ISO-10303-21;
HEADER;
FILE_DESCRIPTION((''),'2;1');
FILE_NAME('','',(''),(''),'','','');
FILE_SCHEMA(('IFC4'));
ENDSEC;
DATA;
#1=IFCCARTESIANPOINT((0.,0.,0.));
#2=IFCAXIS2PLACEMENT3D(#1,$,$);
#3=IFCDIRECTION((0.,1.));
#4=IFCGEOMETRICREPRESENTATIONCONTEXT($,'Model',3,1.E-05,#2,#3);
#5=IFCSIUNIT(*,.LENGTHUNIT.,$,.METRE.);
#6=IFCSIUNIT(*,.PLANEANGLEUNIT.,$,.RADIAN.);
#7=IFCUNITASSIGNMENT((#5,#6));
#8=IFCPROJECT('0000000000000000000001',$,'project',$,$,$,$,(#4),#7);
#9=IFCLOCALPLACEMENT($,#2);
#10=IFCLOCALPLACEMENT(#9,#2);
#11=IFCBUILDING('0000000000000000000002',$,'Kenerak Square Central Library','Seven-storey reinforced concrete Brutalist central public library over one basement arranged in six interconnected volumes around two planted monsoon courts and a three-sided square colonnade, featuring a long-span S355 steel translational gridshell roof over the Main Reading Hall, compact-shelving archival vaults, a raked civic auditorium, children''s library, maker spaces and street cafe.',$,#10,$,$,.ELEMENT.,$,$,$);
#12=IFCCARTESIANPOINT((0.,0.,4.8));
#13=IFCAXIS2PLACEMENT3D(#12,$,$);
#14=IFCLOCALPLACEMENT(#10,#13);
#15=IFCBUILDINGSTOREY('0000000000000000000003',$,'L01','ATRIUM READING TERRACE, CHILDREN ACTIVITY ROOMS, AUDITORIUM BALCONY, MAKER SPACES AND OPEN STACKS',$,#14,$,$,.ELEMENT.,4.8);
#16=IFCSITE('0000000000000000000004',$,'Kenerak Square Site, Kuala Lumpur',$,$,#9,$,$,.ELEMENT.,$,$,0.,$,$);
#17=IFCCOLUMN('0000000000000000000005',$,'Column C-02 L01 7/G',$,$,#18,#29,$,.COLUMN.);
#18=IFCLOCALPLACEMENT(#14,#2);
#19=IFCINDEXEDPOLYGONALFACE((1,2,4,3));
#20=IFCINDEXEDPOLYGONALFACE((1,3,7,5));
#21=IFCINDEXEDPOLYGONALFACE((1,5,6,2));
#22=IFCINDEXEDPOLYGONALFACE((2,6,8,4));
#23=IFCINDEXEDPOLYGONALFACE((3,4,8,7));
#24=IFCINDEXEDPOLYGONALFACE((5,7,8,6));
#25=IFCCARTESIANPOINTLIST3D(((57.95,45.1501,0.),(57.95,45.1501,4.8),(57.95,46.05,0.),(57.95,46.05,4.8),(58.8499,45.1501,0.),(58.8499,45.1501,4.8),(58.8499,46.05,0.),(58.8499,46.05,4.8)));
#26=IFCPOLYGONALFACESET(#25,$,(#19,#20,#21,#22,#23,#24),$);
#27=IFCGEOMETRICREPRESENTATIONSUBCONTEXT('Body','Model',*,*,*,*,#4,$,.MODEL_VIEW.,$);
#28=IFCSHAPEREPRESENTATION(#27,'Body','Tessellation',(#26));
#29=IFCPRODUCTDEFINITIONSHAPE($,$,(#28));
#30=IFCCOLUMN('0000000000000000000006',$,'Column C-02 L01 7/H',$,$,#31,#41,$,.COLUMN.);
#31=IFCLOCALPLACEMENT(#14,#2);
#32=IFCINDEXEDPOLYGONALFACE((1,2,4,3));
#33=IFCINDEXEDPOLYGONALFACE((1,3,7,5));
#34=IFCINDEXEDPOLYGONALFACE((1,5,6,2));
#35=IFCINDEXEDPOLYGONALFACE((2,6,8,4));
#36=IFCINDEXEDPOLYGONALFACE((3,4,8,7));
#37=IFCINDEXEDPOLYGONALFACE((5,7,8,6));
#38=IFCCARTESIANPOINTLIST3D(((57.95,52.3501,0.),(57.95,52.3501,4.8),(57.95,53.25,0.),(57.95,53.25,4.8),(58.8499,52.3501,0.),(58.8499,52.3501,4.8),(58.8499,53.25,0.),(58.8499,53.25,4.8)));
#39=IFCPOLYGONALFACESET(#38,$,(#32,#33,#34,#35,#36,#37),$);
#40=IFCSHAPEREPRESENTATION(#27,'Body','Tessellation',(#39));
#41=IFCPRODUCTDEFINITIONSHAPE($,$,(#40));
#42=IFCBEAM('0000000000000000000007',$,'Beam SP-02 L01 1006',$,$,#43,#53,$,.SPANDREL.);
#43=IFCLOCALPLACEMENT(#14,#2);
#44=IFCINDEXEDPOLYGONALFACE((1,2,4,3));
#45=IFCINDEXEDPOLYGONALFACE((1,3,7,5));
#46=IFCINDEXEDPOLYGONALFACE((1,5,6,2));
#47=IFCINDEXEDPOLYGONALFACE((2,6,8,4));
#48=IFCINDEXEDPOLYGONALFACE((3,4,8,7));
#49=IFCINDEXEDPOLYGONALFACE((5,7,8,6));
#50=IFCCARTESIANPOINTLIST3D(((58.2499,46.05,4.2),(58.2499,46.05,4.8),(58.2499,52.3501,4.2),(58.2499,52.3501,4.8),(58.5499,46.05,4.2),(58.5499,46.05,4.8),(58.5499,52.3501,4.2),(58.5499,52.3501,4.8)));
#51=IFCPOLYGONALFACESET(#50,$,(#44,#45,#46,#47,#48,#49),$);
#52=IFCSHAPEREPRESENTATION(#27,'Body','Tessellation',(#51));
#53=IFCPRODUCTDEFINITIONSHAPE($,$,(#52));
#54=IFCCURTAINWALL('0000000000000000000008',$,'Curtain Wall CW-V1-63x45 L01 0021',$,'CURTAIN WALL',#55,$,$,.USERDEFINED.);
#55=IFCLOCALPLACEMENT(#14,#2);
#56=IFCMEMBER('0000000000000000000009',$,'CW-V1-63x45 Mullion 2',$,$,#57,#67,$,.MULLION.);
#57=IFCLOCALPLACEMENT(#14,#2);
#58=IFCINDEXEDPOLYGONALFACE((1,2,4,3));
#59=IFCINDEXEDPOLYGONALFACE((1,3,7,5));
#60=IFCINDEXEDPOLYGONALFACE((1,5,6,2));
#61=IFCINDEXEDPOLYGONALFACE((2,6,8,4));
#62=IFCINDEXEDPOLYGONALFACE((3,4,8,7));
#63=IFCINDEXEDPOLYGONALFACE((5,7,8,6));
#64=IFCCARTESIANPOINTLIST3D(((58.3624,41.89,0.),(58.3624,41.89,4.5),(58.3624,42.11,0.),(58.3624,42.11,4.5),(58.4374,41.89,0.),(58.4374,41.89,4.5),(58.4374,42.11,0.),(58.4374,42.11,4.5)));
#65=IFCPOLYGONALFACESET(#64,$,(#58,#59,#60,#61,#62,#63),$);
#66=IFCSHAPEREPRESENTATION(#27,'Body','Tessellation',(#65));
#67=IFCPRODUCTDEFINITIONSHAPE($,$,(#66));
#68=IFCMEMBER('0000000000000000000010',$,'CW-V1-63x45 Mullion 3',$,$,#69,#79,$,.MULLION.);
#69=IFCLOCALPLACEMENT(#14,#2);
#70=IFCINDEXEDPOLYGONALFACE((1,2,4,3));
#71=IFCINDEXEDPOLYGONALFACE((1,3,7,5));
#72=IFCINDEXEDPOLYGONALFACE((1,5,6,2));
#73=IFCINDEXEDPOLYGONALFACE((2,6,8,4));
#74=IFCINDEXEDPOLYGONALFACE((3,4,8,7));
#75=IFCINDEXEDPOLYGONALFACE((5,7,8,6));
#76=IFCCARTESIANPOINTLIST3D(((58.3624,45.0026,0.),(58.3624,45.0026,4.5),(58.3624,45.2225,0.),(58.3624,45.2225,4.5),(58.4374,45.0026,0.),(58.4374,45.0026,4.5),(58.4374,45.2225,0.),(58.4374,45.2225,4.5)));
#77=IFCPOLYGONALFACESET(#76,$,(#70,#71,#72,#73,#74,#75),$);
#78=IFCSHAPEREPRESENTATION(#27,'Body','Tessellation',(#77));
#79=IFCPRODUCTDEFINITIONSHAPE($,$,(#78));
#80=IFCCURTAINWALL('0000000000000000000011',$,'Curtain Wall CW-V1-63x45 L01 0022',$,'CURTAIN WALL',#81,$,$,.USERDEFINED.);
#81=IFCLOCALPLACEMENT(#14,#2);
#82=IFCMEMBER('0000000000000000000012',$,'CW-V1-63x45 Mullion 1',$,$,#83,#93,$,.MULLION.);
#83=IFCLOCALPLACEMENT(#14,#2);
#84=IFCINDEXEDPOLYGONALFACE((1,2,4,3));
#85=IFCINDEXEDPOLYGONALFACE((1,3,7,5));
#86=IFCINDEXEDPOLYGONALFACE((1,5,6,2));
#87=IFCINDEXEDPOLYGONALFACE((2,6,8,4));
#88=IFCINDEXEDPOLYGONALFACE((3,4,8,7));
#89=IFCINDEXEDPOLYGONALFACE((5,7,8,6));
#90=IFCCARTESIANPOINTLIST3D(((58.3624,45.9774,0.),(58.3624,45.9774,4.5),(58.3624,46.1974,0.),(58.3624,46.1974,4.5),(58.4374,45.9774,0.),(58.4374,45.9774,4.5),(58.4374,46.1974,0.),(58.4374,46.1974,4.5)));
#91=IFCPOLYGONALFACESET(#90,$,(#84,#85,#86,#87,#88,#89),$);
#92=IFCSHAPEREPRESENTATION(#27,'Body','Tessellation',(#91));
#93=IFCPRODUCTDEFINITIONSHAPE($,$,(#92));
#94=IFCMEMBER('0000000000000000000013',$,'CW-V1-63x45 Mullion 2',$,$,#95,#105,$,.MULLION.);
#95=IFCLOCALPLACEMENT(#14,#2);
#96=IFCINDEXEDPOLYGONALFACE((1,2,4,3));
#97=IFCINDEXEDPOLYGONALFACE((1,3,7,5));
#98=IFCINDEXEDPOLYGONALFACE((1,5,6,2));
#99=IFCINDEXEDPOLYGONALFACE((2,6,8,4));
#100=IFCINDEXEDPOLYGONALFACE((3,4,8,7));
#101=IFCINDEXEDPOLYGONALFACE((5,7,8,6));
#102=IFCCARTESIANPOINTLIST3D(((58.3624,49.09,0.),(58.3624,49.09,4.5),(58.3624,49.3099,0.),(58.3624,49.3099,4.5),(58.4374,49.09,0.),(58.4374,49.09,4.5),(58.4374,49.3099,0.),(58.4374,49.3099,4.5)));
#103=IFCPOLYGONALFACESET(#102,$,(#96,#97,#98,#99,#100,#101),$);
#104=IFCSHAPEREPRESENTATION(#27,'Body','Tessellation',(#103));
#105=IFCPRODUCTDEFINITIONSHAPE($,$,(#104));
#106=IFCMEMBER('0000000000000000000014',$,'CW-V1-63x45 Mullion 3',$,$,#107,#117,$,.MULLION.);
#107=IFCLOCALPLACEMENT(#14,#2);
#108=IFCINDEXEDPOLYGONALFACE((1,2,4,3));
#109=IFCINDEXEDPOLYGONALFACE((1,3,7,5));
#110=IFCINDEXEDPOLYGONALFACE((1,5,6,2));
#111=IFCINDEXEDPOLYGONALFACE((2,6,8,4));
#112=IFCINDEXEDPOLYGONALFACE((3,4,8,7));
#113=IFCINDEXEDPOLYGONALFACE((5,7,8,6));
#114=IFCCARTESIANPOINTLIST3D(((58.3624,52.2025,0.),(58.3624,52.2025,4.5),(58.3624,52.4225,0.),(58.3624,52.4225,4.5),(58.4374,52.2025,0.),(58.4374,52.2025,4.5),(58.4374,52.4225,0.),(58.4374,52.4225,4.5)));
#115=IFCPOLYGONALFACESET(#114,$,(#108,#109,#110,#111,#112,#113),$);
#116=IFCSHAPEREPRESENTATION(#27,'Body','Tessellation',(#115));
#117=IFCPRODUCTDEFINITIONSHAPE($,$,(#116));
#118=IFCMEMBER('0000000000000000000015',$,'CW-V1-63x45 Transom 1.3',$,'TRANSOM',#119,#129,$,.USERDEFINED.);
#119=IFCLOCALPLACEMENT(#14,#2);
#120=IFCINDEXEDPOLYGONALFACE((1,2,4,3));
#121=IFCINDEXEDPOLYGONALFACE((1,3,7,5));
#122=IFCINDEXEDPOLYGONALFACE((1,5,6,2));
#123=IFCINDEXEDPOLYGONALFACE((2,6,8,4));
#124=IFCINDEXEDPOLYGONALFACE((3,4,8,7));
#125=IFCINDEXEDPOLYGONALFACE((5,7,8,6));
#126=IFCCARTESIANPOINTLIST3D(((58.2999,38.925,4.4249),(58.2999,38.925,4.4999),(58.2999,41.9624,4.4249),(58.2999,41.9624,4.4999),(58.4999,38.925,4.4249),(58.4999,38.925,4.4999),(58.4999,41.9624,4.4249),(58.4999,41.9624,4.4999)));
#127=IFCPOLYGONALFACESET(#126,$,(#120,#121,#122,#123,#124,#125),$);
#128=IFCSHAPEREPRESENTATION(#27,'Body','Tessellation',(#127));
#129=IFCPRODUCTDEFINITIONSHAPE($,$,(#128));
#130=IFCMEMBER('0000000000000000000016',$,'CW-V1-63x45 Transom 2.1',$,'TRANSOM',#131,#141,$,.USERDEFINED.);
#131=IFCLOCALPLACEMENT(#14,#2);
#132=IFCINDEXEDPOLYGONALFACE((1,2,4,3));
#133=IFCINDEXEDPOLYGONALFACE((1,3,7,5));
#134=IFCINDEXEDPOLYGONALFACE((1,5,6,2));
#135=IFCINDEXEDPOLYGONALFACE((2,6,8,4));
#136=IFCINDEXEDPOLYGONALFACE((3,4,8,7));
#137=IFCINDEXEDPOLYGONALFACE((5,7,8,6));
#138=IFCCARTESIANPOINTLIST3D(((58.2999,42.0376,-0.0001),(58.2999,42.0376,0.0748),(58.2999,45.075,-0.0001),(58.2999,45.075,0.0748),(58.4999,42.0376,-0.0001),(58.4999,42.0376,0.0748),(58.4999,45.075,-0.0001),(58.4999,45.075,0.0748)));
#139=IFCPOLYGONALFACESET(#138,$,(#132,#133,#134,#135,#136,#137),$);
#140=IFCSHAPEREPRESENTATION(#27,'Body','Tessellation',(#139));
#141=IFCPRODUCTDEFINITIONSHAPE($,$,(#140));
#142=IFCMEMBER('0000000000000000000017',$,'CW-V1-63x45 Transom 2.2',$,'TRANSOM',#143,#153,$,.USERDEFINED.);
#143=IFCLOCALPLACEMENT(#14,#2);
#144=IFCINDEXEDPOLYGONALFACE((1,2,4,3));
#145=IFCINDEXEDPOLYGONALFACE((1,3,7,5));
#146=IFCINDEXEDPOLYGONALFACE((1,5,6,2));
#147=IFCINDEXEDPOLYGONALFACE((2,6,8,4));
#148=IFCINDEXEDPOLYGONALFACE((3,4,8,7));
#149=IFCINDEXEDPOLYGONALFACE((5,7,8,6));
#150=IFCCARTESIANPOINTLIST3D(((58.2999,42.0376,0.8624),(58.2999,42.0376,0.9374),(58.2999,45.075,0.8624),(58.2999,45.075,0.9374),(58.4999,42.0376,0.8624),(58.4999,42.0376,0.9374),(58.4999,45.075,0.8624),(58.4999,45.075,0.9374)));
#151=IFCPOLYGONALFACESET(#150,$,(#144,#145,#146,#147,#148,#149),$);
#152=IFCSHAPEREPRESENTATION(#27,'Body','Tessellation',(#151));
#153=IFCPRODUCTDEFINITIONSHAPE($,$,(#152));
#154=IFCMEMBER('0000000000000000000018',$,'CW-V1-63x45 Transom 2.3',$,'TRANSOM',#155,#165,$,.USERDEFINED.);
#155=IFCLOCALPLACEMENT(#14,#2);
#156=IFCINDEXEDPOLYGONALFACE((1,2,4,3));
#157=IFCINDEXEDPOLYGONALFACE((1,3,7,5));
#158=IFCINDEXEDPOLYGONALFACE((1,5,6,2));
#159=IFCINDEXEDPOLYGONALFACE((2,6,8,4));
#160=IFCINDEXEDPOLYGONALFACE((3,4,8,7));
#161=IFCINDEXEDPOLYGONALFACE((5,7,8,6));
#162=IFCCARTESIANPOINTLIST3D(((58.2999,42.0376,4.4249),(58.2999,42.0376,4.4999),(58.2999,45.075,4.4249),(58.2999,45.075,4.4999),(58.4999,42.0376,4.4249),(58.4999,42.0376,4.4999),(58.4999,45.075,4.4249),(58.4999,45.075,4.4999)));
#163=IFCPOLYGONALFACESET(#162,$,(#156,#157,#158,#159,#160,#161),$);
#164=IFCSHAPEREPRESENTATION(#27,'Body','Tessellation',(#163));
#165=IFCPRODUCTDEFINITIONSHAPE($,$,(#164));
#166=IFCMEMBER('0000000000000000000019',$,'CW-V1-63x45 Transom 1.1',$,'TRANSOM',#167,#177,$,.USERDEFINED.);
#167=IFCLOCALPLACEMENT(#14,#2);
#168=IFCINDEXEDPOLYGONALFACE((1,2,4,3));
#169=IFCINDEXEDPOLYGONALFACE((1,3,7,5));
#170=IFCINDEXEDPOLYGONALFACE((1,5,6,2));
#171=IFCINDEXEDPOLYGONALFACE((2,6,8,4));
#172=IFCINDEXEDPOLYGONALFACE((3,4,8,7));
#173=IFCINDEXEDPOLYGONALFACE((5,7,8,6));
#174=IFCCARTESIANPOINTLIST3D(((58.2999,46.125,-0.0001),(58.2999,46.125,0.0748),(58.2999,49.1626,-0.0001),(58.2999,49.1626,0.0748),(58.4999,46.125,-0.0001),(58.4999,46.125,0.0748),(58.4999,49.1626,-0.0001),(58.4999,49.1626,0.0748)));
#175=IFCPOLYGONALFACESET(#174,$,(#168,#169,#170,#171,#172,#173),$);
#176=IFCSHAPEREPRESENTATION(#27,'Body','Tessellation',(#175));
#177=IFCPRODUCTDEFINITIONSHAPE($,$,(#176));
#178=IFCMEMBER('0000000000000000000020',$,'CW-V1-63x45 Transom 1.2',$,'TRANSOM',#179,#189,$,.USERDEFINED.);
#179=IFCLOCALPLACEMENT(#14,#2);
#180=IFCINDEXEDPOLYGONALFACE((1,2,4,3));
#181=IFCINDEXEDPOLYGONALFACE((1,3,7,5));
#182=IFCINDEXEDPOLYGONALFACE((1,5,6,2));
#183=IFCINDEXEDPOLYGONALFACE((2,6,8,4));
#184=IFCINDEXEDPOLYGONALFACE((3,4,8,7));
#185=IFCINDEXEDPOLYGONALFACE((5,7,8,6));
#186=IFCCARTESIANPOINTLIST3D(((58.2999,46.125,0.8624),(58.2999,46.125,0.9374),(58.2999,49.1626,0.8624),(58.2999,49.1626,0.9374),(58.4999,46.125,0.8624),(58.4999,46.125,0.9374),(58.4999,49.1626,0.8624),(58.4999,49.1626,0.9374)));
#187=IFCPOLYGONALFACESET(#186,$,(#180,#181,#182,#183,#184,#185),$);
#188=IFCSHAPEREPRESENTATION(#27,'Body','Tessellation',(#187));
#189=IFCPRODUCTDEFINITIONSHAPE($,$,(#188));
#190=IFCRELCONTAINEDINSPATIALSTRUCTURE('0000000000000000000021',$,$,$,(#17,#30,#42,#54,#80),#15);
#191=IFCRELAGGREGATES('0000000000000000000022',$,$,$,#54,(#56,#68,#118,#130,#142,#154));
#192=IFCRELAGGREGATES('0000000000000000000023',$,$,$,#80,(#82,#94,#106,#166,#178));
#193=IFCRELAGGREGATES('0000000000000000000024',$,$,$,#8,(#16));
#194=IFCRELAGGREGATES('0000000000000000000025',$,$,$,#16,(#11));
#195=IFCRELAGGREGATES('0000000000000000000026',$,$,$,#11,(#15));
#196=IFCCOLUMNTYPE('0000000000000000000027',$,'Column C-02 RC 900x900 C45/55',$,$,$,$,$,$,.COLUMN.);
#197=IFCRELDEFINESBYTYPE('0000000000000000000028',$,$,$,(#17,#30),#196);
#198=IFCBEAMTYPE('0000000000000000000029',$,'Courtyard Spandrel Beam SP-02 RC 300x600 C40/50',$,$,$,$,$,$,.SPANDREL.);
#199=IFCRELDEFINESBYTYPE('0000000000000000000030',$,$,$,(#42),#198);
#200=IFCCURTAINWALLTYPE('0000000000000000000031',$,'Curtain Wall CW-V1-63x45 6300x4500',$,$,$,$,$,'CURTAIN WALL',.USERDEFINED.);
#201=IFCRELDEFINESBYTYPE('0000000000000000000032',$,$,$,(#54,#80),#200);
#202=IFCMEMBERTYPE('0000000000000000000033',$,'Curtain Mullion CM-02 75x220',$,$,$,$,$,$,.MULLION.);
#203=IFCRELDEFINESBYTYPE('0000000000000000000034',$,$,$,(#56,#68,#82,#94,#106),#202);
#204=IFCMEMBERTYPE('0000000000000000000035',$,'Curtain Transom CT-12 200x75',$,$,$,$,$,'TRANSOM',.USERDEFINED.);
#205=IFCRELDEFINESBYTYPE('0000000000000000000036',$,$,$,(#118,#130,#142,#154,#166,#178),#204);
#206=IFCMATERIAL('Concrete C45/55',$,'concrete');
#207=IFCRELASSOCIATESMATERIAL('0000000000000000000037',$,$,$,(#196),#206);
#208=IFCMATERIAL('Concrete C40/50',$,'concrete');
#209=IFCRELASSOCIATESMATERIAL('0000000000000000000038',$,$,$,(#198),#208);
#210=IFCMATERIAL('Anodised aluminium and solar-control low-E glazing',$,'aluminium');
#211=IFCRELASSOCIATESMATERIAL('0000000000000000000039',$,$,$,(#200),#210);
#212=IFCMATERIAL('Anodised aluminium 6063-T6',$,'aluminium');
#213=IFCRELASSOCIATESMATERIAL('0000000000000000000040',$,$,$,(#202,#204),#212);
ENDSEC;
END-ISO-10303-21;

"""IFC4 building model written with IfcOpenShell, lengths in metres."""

from ifc_helpers import new_model, si_unit, direction, frame, origin, origin_2d, place, context, subcontext, project, spatial, rectangle, extrude, material, material_profile, profile_set, type_object, element, aggregate, save


model = new_model("IFC4")

# Units and contexts
model_context = context("Model", 3, precision=1e-05, world=origin(), true_north=direction((0.0, 1.0)))
body_context = subcontext(model_context, "Body", "Model", "MODEL_VIEW")
ifc_project = project(units=[si_unit("LENGTHUNIT", "METRE"), si_unit("PLANEANGLEUNIT", "RADIAN")], contexts=[model_context])

# Site, building, storey
site_placement = place(None, origin())
site = spatial("IfcSite", under=ifc_project, at=site_placement, Name="Kenerak Square Site, Kuala Lumpur", CompositionType="ELEMENT", RefElevation=0.0)
building_placement = place(site_placement, origin())
building = spatial("IfcBuilding", under=site, at=building_placement, Name="Kenerak Square Central Library", Description="Seven-storey reinforced concrete Brutalist central public library over one basement arranged in six interconnected volumes around two planted monsoon courts and a three-sided square colonnade, featuring a long-span S355 steel translational gridshell roof over the Main Reading Hall, compact-shelving archival vaults, a raked civic auditorium, children's library, maker spaces and street cafe.", CompositionType="ELEMENT")
storey_placement = place(building_placement, frame((0.0, 0.0, 4.8)))
storey = spatial("IfcBuildingStorey", under=building, at=storey_placement, Name="L01", Description="ATRIUM READING TERRACE, CHILDREN ACTIVITY ROOMS, AUDITORIUM BALCONY, MAKER SPACES AND OPEN STACKS", CompositionType="ELEMENT", Elevation=4.8)

# Columns
ifc_material_1 = material(Name="Concrete C45/55", Category="concrete")
ifc_material_profile_1 = material_profile(ifc_material_1, rectangle(XDim=0.8999, YDim=0.8999, at=origin_2d()), Name="RC 900x900")
ifc_profile_set_1 = profile_set([ifc_material_profile_1], Name="Concrete C45/55")
column_type = type_object("IfcColumnType", Name="Column C-02 RC 900x900 C45/55", PredefinedType="COLUMN", material=ifc_profile_set_1)
for number, where, z_axis, x_axis, name in (
    (1, (58.3999, 45.6001, 0.0), (0.0, 0.0, 1.0), (1.0, 0.0, 0.0), "Column C-02 L01 7/G"),
    (2, (58.3999, 52.8, 0.0), (0.0, 0.0, 1.0), (1.0, 0.0, 0.0), "Column C-02 L01 7/H"),
):
    element("IfcColumn", number, at=place(storey_placement, frame(where, z_axis=z_axis, x_axis=x_axis)), inside=storey, type_object=column_type, Name=name, PredefinedType="COLUMN", context=body_context, shape_type="SweptSolid", body=[
        extrude(rectangle(XDim=0.8999, YDim=0.8999, at=origin_2d()), origin(), (0.0, 0.0, 1.0), 4.8),
    ])

# Beam
ifc_material_2 = material(Name="Concrete C40/50", Category="concrete")
ifc_material_profile_2 = material_profile(ifc_material_2, rectangle(XDim=0.3, YDim=0.6001, at=origin_2d()), Name="RC 300x600")
ifc_profile_set_2 = profile_set([ifc_material_profile_2], Name="Concrete C40/50")
beam_type_1 = type_object("IfcBeamType", Name="Courtyard Spandrel Beam SP-02 RC 300x600 C40/50", PredefinedType="SPANDREL", material=ifc_profile_set_2)
beam_1_placement = place(storey_placement, frame((58.3999, 46.05, 4.5), z_axis=(0.0, 1.0, 0.0), x_axis=(-1.0, 0.0, 0.0)))
element("IfcBeam", 3, at=beam_1_placement, inside=storey, type_object=beam_type_1, Name="Beam SP-02 L01 1006", PredefinedType="SPANDREL", context=body_context, shape_type="SweptSolid", body=[
    extrude(rectangle(XDim=0.3, YDim=0.6001, at=origin_2d()), origin(), (0.0, 0.0, 1.0), 6.3),
])

# Curtain walls, members
ifc_material_3 = material(Name="Anodised aluminium and solar-control low-E glazing", Category="aluminium")
curtain_wall_type = type_object("IfcCurtainWallType", Name="Curtain Wall CW-V1-63x45 6300x4500", ElementType="CURTAIN WALL", PredefinedType="USERDEFINED", material=ifc_material_3)
curtain_wall_1_placement = place(storey_placement, origin())
curtain_wall_1 = element("IfcCurtainWall", 4, at=curtain_wall_1_placement, inside=storey, type_object=curtain_wall_type, Name="Curtain Wall CW-V1-63x45 L01 0021", ObjectType="CURTAIN WALL", PredefinedType="USERDEFINED")
ifc_material_4 = material(Name="Anodised aluminium 6063-T6", Category="aluminium")
ifc_material_profile_3 = material_profile(ifc_material_4, rectangle(XDim=0.075, YDim=0.22, at=origin_2d()), Name="AL MULLION 75x220")
ifc_profile_set_3 = profile_set([ifc_material_profile_3], Name="Anodised aluminium 6063-T6")
member_type_1 = type_object("IfcMemberType", Name="Curtain Mullion CM-02 75x220", PredefinedType="MULLION", material=ifc_profile_set_3)
member_1_placement = place(storey_placement, frame((58.3999, 42.0, 0.0), z_axis=(0.0, 0.0, 1.0), x_axis=(-1.0, 0.0, 0.0)))
member_1 = element("IfcMember", 5, at=member_1_placement, type_object=member_type_1, Name="CW-V1-63x45 Mullion 2", PredefinedType="MULLION", context=body_context, shape_type="SweptSolid", body=[
    extrude(rectangle(XDim=0.075, YDim=0.22, at=origin_2d()), origin(), (0.0, 0.0, 1.0), 4.5),
])
member_2_placement = place(storey_placement, frame((58.3999, 45.1125, 0.0), z_axis=(0.0, 0.0, 1.0), x_axis=(-1.0, 0.0, 0.0)))
member_2 = element("IfcMember", 6, at=member_2_placement, type_object=member_type_1, Name="CW-V1-63x45 Mullion 3", PredefinedType="MULLION", context=body_context, shape_type="SweptSolid", body=[
    extrude(rectangle(XDim=0.075, YDim=0.22, at=origin_2d()), origin(), (0.0, 0.0, 1.0), 4.5),
])
curtain_wall_2_placement = place(storey_placement, origin())
curtain_wall_2 = element("IfcCurtainWall", 7, at=curtain_wall_2_placement, inside=storey, type_object=curtain_wall_type, Name="Curtain Wall CW-V1-63x45 L01 0022", ObjectType="CURTAIN WALL", PredefinedType="USERDEFINED")
member_3_placement = place(storey_placement, frame((58.3999, 46.0874, 0.0), z_axis=(0.0, 0.0, 1.0), x_axis=(-1.0, 0.0, 0.0)))
member_3 = element("IfcMember", 8, at=member_3_placement, type_object=member_type_1, Name="CW-V1-63x45 Mullion 1", PredefinedType="MULLION", context=body_context, shape_type="SweptSolid", body=[
    extrude(rectangle(XDim=0.075, YDim=0.22, at=origin_2d()), origin(), (0.0, 0.0, 1.0), 4.5),
])
member_4_placement = place(storey_placement, frame((58.3999, 49.2, 0.0), z_axis=(0.0, 0.0, 1.0), x_axis=(-1.0, 0.0, 0.0)))
member_4 = element("IfcMember", 9, at=member_4_placement, type_object=member_type_1, Name="CW-V1-63x45 Mullion 2", PredefinedType="MULLION", context=body_context, shape_type="SweptSolid", body=[
    extrude(rectangle(XDim=0.075, YDim=0.22, at=origin_2d()), origin(), (0.0, 0.0, 1.0), 4.5),
])
member_5_placement = place(storey_placement, frame((58.3999, 52.3125, 0.0), z_axis=(0.0, 0.0, 1.0), x_axis=(-1.0, 0.0, 0.0)))
member_5 = element("IfcMember", 10, at=member_5_placement, type_object=member_type_1, Name="CW-V1-63x45 Mullion 3", PredefinedType="MULLION", context=body_context, shape_type="SweptSolid", body=[
    extrude(rectangle(XDim=0.075, YDim=0.22, at=origin_2d()), origin(), (0.0, 0.0, 1.0), 4.5),
])

# Members
ifc_material_profile_4 = material_profile(ifc_material_4, rectangle(XDim=0.2, YDim=0.075, at=origin_2d()), Name="AL TRANSOM 200x75")
ifc_profile_set_4 = profile_set([ifc_material_profile_4], Name="Anodised aluminium 6063-T6")
member_type_2 = type_object("IfcMemberType", Name="Curtain Transom CT-12 200x75", ElementType="TRANSOM", PredefinedType="USERDEFINED", material=ifc_profile_set_4)
member_6_placement = place(storey_placement, frame((58.3999, 38.925, 4.4624), z_axis=(0.0, 1.0, 0.0), x_axis=(-1.0, 0.0, 0.0)))
member_6 = element("IfcMember", 11, at=member_6_placement, type_object=member_type_2, Name="CW-V1-63x45 Transom 1.3", ObjectType="TRANSOM", PredefinedType="USERDEFINED", context=body_context, shape_type="SweptSolid", body=[
    extrude(rectangle(XDim=0.2, YDim=0.075, at=origin_2d()), origin(), (0.0, 0.0, 1.0), 3.0374),
])
member_7_placement = place(storey_placement, frame((58.3999, 42.0376, 0.0374), z_axis=(0.0, 1.0, 0.0), x_axis=(-1.0, 0.0, 0.0)))
member_7 = element("IfcMember", 12, at=member_7_placement, type_object=member_type_2, Name="CW-V1-63x45 Transom 2.1", ObjectType="TRANSOM", PredefinedType="USERDEFINED", context=body_context, shape_type="SweptSolid", body=[
    extrude(rectangle(XDim=0.2, YDim=0.075, at=origin_2d()), origin(), (0.0, 0.0, 1.0), 3.0374),
])
member_8_placement = place(storey_placement, frame((58.3999, 42.0376, 0.8999), z_axis=(0.0, 1.0, 0.0), x_axis=(-1.0, 0.0, 0.0)))
member_8 = element("IfcMember", 13, at=member_8_placement, type_object=member_type_2, Name="CW-V1-63x45 Transom 2.2", ObjectType="TRANSOM", PredefinedType="USERDEFINED", context=body_context, shape_type="SweptSolid", body=[
    extrude(rectangle(XDim=0.2, YDim=0.075, at=origin_2d()), origin(), (0.0, 0.0, 1.0), 3.0374),
])
member_9_placement = place(storey_placement, frame((58.3999, 42.0376, 4.4624), z_axis=(0.0, 1.0, 0.0), x_axis=(-1.0, 0.0, 0.0)))
member_9 = element("IfcMember", 14, at=member_9_placement, type_object=member_type_2, Name="CW-V1-63x45 Transom 2.3", ObjectType="TRANSOM", PredefinedType="USERDEFINED", context=body_context, shape_type="SweptSolid", body=[
    extrude(rectangle(XDim=0.2, YDim=0.075, at=origin_2d()), origin(), (0.0, 0.0, 1.0), 3.0374),
])
member_10_placement = place(storey_placement, frame((58.3999, 46.125, 0.0374), z_axis=(0.0, 1.0, 0.0), x_axis=(-1.0, 0.0, 0.0)))
member_10 = element("IfcMember", 15, at=member_10_placement, type_object=member_type_2, Name="CW-V1-63x45 Transom 1.1", ObjectType="TRANSOM", PredefinedType="USERDEFINED", context=body_context, shape_type="SweptSolid", body=[
    extrude(rectangle(XDim=0.2, YDim=0.075, at=origin_2d()), origin(), (0.0, 0.0, 1.0), 3.0376),
])
member_11_placement = place(storey_placement, frame((58.3999, 46.125, 0.8999), z_axis=(0.0, 1.0, 0.0), x_axis=(-1.0, 0.0, 0.0)))
member_11 = element("IfcMember", 16, at=member_11_placement, type_object=member_type_2, Name="CW-V1-63x45 Transom 1.2", ObjectType="TRANSOM", PredefinedType="USERDEFINED", context=body_context, shape_type="SweptSolid", body=[
    extrude(rectangle(XDim=0.2, YDim=0.075, at=origin_2d()), origin(), (0.0, 0.0, 1.0), 3.0376),
])

aggregate(curtain_wall_1, [member_1, member_2, member_6, member_7, member_8, member_9])
aggregate(curtain_wall_2, [member_3, member_4, member_5, member_10, member_11])

save(model, "model.ifc")
